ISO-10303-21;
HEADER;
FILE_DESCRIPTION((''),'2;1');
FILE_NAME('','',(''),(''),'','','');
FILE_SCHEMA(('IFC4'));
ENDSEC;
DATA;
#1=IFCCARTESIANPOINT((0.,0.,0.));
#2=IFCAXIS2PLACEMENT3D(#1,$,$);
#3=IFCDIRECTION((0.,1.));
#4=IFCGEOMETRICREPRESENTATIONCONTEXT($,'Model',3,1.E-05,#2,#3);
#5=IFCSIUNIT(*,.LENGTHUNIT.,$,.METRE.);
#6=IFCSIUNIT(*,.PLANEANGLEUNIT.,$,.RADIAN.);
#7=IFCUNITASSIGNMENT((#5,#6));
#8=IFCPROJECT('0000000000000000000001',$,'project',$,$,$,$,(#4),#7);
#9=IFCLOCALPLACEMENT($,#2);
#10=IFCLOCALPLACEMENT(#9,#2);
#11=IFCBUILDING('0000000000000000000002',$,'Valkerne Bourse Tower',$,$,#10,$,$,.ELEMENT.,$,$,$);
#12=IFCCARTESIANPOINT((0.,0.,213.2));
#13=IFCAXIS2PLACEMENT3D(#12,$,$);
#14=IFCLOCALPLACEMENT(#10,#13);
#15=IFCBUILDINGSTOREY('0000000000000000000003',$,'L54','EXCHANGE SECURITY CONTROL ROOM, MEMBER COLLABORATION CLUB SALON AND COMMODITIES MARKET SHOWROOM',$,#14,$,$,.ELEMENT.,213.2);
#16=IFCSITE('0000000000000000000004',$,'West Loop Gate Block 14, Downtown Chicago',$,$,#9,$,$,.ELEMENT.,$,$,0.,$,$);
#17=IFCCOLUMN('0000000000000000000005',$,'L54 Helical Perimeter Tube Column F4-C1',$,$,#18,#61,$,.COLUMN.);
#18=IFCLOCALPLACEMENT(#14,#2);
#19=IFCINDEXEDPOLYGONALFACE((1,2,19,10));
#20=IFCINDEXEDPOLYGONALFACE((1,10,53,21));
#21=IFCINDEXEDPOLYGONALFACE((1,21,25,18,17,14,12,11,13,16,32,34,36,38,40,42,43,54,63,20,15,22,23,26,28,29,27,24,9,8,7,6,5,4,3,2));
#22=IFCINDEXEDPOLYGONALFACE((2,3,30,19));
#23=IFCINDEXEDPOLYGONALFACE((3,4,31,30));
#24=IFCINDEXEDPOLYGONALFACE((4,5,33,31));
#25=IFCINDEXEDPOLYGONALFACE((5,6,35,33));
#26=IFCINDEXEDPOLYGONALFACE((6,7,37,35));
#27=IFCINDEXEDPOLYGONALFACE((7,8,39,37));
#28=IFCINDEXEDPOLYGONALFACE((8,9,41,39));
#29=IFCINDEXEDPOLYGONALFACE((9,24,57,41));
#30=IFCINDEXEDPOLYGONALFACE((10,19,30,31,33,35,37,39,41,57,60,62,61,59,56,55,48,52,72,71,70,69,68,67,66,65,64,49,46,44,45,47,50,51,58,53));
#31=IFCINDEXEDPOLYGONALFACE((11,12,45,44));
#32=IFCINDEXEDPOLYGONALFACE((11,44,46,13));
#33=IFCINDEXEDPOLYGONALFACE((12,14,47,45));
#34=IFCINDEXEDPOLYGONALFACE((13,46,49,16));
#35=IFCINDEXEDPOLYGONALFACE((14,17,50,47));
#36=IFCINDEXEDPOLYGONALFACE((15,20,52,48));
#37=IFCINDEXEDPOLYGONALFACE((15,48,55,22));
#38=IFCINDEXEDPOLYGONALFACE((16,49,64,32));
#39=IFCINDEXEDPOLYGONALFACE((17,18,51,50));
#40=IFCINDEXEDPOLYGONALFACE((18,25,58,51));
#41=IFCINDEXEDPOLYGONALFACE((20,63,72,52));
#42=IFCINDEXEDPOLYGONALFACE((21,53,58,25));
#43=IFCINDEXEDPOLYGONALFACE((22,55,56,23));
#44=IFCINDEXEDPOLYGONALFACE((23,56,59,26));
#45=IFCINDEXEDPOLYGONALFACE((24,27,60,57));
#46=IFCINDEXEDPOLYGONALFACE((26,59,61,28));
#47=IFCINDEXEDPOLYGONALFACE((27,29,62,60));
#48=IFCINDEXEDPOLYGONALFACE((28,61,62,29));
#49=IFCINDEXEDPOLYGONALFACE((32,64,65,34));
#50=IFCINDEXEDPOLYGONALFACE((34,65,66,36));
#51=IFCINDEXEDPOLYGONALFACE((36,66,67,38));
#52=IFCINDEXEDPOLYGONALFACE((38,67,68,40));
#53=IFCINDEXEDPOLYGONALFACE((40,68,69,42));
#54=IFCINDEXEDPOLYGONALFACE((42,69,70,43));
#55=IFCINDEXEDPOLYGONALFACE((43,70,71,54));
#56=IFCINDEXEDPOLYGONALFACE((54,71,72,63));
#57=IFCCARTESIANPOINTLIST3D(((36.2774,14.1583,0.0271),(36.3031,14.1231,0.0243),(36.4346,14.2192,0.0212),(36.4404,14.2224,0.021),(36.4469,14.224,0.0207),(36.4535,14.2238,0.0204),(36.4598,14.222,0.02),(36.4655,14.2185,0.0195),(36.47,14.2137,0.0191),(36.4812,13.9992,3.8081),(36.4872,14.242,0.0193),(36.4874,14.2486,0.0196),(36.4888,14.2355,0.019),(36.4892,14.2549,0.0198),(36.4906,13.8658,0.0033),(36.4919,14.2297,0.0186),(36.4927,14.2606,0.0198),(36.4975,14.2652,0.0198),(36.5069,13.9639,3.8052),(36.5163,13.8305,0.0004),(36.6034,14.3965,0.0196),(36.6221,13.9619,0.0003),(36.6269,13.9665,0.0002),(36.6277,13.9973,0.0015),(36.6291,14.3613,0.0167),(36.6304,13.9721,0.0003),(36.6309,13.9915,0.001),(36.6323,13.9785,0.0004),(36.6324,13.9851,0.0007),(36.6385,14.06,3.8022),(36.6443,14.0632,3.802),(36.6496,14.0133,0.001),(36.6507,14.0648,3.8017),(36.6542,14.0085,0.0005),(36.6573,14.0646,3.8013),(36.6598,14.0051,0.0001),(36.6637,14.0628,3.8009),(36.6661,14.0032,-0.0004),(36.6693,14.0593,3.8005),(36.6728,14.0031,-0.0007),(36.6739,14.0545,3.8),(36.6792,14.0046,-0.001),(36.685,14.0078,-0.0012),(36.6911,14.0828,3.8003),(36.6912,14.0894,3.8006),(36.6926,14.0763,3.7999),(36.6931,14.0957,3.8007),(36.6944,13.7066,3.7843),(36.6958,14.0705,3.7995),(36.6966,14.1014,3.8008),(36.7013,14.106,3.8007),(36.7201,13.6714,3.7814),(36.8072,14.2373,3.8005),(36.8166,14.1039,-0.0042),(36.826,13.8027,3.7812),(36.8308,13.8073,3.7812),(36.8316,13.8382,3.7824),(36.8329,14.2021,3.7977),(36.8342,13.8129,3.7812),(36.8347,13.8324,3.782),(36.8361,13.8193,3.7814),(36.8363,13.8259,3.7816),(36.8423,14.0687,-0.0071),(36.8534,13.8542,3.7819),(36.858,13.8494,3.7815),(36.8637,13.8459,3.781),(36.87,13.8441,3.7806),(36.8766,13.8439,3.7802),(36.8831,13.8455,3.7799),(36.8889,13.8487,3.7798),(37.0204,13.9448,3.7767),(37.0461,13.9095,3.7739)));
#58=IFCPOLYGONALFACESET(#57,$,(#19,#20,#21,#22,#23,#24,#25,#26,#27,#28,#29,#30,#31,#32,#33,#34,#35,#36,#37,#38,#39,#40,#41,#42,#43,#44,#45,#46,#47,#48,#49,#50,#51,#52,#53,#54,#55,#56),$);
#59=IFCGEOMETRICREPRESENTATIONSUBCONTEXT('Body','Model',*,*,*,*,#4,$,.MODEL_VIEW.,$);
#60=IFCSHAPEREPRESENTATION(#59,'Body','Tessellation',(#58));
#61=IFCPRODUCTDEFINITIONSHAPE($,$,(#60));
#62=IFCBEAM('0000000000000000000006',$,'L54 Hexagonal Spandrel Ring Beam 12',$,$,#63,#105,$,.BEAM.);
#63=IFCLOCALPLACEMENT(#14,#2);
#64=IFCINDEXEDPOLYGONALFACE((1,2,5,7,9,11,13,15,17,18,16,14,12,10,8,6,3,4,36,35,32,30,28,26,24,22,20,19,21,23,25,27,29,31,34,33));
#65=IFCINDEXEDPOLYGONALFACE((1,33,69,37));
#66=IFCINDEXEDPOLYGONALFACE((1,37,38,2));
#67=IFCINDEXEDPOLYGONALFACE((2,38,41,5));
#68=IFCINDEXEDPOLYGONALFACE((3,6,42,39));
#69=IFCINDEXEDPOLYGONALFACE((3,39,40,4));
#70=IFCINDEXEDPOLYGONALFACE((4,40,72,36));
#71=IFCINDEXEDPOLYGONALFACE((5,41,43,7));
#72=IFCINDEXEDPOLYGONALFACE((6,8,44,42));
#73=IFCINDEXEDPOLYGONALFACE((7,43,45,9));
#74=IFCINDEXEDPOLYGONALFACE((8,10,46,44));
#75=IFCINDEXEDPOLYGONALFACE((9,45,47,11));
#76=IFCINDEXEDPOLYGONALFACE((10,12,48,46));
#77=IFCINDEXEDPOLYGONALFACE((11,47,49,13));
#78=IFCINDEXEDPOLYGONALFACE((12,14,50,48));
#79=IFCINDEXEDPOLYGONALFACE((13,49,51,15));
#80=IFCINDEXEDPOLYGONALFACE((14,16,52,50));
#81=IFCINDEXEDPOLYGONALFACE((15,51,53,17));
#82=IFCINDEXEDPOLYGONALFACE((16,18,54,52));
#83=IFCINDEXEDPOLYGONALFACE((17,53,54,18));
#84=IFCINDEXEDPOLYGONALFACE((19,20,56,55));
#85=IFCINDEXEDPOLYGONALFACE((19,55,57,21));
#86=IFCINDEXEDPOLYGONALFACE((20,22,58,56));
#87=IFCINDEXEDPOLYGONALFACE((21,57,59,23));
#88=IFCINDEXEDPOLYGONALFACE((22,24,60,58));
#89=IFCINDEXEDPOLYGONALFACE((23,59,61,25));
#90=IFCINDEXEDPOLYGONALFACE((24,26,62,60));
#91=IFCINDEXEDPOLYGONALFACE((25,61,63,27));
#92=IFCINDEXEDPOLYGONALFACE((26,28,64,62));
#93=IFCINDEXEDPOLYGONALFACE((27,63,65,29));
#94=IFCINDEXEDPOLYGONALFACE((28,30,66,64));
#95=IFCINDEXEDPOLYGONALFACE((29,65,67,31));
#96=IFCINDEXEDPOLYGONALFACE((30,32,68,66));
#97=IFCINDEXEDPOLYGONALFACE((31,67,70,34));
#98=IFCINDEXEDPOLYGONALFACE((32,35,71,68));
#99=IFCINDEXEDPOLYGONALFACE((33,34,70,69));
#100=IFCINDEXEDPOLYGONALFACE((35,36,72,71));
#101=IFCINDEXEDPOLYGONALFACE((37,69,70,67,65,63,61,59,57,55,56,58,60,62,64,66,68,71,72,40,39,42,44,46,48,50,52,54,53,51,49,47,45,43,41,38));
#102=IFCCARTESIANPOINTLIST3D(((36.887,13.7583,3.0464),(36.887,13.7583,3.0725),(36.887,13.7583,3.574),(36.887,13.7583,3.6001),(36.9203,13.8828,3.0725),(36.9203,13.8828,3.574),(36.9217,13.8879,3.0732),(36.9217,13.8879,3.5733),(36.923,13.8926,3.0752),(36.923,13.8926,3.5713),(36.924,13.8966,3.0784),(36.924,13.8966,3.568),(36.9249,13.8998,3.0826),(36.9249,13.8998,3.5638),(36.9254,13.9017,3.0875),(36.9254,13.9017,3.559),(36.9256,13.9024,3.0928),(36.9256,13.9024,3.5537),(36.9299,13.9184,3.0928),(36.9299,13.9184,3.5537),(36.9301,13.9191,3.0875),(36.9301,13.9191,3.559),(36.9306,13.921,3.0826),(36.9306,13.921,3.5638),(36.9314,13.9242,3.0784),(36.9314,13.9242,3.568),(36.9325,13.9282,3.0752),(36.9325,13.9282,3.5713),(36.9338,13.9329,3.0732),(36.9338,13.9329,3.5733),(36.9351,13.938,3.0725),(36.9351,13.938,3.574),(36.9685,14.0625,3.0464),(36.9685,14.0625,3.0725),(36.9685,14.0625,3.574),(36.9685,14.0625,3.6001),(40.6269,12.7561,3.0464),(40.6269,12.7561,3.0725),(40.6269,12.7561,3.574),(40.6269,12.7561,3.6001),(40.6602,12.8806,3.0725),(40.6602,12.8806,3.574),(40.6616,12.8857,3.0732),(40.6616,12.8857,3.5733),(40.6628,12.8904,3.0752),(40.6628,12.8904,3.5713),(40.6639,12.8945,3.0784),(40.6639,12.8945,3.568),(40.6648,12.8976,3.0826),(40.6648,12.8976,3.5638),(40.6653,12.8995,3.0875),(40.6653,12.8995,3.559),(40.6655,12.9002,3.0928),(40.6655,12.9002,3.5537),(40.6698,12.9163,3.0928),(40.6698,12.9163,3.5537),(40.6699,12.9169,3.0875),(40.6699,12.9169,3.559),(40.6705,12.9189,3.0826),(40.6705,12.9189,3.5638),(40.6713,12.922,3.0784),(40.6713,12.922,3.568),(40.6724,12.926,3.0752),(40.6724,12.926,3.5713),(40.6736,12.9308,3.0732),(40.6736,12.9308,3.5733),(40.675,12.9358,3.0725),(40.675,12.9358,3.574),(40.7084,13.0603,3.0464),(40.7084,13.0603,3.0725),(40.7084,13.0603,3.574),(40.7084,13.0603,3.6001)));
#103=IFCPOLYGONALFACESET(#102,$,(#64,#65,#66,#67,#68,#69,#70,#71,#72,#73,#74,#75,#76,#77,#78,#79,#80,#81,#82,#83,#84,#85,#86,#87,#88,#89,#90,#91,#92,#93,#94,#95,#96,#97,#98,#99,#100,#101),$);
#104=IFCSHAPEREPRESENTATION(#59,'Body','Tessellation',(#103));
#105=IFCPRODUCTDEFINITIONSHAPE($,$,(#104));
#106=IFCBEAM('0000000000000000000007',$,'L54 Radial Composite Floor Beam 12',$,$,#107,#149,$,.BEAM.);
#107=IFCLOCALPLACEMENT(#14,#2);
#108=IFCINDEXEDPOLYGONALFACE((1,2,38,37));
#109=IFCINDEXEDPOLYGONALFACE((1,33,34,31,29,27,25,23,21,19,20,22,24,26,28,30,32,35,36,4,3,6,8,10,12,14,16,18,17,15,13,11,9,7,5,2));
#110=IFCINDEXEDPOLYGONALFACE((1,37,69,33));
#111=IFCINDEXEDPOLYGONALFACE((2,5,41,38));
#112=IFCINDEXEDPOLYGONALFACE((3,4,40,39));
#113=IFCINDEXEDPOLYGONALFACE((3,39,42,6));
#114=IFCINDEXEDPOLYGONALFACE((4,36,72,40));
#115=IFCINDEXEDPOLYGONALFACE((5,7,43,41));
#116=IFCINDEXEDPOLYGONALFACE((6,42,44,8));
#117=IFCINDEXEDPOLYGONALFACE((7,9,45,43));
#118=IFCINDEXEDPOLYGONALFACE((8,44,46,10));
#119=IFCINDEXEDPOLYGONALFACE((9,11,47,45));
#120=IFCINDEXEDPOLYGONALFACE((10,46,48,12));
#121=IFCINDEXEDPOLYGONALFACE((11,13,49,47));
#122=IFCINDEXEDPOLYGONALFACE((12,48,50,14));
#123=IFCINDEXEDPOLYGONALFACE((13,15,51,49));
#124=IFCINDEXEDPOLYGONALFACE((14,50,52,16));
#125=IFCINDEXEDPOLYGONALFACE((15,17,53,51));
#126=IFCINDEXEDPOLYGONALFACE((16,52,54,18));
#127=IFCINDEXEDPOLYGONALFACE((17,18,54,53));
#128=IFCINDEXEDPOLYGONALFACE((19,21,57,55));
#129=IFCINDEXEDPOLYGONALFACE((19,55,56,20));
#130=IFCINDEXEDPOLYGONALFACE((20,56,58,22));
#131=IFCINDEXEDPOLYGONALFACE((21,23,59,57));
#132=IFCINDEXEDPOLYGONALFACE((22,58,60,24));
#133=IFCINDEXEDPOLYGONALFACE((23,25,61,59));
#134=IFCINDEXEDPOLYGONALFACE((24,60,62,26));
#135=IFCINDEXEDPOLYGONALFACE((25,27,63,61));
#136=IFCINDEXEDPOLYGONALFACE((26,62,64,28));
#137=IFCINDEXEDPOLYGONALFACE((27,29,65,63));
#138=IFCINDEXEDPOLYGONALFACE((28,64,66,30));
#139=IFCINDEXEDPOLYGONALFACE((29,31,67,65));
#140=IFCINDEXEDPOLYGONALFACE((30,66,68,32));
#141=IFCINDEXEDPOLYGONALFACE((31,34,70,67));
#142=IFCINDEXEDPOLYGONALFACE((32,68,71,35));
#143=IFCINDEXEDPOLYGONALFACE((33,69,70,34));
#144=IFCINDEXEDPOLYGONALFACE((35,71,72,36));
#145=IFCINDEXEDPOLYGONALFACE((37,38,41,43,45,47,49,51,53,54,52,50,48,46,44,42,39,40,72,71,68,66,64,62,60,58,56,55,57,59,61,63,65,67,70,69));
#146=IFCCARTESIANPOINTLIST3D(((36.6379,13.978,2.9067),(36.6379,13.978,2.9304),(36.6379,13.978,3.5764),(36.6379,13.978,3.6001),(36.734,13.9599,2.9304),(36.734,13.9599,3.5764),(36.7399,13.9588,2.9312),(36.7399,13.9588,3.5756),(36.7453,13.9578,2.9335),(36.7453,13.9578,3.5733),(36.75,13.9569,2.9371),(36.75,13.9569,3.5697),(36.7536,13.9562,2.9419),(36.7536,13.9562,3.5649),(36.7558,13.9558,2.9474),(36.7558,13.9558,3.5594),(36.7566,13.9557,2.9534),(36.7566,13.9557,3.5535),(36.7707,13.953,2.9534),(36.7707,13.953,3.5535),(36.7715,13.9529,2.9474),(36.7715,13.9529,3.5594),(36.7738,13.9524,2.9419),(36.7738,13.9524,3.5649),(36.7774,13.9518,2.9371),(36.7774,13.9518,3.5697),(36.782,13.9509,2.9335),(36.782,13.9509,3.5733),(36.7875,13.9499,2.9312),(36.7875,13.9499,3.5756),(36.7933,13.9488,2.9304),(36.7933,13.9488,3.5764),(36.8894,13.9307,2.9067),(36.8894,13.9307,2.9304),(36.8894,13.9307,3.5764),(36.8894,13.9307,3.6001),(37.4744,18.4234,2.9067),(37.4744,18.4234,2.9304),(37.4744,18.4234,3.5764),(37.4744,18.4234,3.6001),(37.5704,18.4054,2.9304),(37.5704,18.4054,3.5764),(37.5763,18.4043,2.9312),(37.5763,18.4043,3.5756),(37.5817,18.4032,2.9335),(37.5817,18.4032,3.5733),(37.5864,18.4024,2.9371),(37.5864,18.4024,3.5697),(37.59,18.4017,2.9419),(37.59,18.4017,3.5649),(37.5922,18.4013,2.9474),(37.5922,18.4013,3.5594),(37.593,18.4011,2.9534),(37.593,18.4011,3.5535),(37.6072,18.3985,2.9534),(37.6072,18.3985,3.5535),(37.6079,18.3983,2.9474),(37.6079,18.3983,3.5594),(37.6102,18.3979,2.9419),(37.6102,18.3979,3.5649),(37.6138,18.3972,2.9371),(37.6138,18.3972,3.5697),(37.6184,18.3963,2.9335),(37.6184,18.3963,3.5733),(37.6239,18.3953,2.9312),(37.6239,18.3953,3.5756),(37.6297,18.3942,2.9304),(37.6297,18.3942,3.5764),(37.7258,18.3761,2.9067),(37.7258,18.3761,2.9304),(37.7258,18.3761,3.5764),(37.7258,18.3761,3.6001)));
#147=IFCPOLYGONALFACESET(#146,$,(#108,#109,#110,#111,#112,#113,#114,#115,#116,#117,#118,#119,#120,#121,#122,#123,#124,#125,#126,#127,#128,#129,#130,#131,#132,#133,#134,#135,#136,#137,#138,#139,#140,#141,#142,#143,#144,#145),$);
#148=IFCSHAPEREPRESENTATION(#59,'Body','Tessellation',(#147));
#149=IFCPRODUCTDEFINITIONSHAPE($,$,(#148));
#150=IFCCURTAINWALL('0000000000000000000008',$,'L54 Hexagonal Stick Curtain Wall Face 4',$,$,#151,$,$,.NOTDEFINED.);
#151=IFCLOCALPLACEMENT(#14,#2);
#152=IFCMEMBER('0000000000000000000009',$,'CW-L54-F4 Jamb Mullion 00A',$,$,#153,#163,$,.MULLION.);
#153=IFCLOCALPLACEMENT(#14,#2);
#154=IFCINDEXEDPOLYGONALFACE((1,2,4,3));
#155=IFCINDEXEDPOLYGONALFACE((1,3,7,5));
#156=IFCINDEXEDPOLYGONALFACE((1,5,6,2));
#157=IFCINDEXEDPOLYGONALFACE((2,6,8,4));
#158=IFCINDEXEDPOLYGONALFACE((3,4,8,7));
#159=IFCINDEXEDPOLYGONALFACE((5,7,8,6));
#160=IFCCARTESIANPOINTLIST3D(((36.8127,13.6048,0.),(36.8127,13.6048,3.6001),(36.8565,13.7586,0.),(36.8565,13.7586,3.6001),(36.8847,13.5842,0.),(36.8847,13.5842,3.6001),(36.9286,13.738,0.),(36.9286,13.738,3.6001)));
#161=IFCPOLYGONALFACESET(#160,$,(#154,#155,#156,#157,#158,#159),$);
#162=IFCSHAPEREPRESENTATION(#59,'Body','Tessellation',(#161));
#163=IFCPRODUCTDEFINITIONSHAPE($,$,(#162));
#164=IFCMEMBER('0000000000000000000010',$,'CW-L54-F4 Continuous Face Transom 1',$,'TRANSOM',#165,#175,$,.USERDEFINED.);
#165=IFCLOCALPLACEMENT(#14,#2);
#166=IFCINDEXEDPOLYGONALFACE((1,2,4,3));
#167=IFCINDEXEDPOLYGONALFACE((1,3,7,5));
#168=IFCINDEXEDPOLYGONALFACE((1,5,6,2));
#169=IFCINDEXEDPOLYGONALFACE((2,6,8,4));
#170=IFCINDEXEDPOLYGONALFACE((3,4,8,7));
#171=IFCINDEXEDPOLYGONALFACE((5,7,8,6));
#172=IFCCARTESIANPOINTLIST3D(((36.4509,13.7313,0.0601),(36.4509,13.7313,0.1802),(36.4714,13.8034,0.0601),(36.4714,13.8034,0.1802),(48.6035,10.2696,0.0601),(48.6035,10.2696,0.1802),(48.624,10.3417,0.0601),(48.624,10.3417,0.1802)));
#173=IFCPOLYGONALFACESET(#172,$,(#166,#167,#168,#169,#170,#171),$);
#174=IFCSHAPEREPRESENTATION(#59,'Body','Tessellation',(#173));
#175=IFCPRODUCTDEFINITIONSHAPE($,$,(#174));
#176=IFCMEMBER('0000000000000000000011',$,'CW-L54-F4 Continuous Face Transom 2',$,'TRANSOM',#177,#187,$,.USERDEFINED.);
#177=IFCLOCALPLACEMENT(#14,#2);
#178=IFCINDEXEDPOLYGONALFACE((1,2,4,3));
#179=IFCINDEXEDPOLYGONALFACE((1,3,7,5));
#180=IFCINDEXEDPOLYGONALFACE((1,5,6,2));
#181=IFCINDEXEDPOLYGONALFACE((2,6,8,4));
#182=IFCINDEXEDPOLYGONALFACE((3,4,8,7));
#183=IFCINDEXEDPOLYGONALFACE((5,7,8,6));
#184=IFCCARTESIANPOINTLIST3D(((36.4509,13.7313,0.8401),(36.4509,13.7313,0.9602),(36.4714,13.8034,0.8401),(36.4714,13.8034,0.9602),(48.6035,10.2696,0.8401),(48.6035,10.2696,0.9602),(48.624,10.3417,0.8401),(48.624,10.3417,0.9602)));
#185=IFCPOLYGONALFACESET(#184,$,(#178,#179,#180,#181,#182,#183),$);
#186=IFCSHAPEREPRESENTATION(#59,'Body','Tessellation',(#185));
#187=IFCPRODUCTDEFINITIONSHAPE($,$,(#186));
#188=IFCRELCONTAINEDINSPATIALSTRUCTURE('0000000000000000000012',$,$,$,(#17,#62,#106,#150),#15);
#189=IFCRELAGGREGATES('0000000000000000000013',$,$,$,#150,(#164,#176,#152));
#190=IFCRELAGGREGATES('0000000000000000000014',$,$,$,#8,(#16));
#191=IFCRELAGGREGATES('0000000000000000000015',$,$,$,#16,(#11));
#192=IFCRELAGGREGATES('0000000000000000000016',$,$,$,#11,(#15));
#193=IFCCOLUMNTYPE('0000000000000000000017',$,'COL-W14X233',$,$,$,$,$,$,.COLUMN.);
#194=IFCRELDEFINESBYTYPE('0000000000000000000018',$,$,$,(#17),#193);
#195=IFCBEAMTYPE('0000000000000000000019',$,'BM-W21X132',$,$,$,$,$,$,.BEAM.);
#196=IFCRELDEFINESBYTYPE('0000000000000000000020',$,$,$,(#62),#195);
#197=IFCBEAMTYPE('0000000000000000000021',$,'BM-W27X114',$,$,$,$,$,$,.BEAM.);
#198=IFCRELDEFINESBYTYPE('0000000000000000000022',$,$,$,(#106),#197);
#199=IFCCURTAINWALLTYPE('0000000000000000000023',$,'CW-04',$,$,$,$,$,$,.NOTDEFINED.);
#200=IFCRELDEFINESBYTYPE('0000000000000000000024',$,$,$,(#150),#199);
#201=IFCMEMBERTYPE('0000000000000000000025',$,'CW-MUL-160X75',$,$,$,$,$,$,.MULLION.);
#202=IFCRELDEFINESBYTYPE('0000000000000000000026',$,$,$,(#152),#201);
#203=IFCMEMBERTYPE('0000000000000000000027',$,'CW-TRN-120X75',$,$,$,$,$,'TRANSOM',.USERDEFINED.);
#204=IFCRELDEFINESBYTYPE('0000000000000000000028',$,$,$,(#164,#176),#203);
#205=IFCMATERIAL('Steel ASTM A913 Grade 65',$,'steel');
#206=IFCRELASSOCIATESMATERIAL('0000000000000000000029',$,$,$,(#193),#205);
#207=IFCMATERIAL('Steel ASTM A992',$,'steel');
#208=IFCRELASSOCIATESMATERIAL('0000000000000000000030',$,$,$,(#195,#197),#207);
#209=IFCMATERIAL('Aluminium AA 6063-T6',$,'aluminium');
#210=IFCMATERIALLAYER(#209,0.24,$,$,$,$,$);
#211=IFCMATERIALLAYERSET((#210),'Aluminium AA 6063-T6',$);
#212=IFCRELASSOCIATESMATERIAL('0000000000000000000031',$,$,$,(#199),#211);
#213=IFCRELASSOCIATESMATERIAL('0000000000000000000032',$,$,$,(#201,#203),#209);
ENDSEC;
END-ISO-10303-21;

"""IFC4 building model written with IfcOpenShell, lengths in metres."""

from ifc_helpers import new_model, si_unit, direction, frame, origin, origin_2d, place, context, subcontext, project, spatial, rectangle, i_section, extrude, material, layer, layer_set, material_profile, profile_set, type_object, element, aggregate, save


model = new_model("IFC4")

# Units and contexts
model_context = context("Model", 3, precision=1e-05, world=origin(), true_north=direction((0.0, 1.0)))
body_context = subcontext(model_context, "Body", "Model", "MODEL_VIEW")
ifc_project = project(units=[si_unit("LENGTHUNIT", "METRE"), si_unit("PLANEANGLEUNIT", "RADIAN")], contexts=[model_context])

# Site, building, storey
site_placement = place(None, origin())
site = spatial("IfcSite", under=ifc_project, at=site_placement, Name="West Loop Gate Block 14, Downtown Chicago", CompositionType="ELEMENT", RefElevation=0.0)
building_placement = place(site_placement, origin())
building = spatial("IfcBuilding", under=site, at=building_placement, Name="Valkerne Bourse Tower", CompositionType="ELEMENT")
storey_placement = place(building_placement, frame((0.0, 0.0, 213.2)))
storey = spatial("IfcBuildingStorey", under=building, at=storey_placement, Name="L54", Description="EXCHANGE SECURITY CONTROL ROOM, MEMBER COLLABORATION CLUB SALON AND COMMODITIES MARKET SHOWROOM", CompositionType="ELEMENT", Elevation=213.2)

# Column
ifc_material_1 = material(Name="Steel ASTM A913 Grade 65", Category="steel")
ifc_material_profile_1 = material_profile(ifc_material_1, i_section(OverallWidth=0.4038, OverallDepth=0.4065, WebThickness=0.0271, FlangeThickness=0.0437, FilletRadius=0.0254, at=origin_2d()), Name="W14X233")
ifc_profile_set_1 = profile_set([ifc_material_profile_1], Name="Steel ASTM A913 Grade 65")
column_type = type_object("IfcColumnType", Name="COL-W14X233", PredefinedType="COLUMN", material=ifc_profile_set_1)
column_placement = place(storey_placement, frame((36.5598, 14.1135, 0.01), z_axis=(0.05379, -0.042002, 0.997669), x_axis=(0.807323, 0.589814, -0.018697)))
element("IfcColumn", 1, at=column_placement, inside=storey, type_object=column_type, Name="L54 Helical Perimeter Tube Column F4-C1", PredefinedType="COLUMN", context=body_context, shape_type="SweptSolid", body=[
    extrude(i_section(OverallWidth=0.4038, OverallDepth=0.4065, WebThickness=0.0271, FlangeThickness=0.0437, FilletRadius=0.0254, at=origin_2d()), origin(), (0.0, 0.0, 1.0), 3.7898),
])

# Beams
ifc_material_2 = material(Name="Steel ASTM A992", Category="steel")
ifc_material_profile_2 = material_profile(ifc_material_2, i_section(OverallWidth=0.3149, OverallDepth=0.5537, WebThickness=0.0166, FlangeThickness=0.0261, FilletRadius=0.0203, at=origin_2d()), Name="W21X132")
ifc_profile_set_2 = profile_set([ifc_material_profile_2], Name="Steel ASTM A992")
beam_type_1 = type_object("IfcBeamType", Name="BM-W21X132", PredefinedType="BEAM", material=ifc_profile_set_2)
beam_1_placement = place(storey_placement, frame((36.9277, 13.9104, 3.3232), z_axis=(0.965921, -0.258836, 0.0), x_axis=(0.258836, 0.965921, 0.0)))
element("IfcBeam", 2, at=beam_1_placement, inside=storey, type_object=beam_type_1, Name="L54 Hexagonal Spandrel Ring Beam 12", PredefinedType="BEAM", context=body_context, shape_type="SweptSolid", body=[
    extrude(i_section(OverallWidth=0.3149, OverallDepth=0.5537, WebThickness=0.0166, FlangeThickness=0.0261, FilletRadius=0.0203, at=origin_2d()), origin(), (0.0, 0.0, 1.0), 3.8718),
])
ifc_material_profile_3 = material_profile(ifc_material_2, i_section(OverallWidth=0.2559, OverallDepth=0.6934, WebThickness=0.0144, FlangeThickness=0.0237, FilletRadius=0.0229, at=origin_2d()), Name="W27X114")
ifc_profile_set_3 = profile_set([ifc_material_profile_3], Name="Steel ASTM A992")
beam_type_2 = type_object("IfcBeamType", Name="BM-W27X114", PredefinedType="BEAM", material=ifc_profile_set_3)
beam_2_placement = place(storey_placement, frame((36.7637, 13.9543, 3.2534), z_axis=(0.184904, 0.982757, 0.0), x_axis=(-0.982757, 0.184904, 0.0)))
element("IfcBeam", 3, at=beam_2_placement, inside=storey, type_object=beam_type_2, Name="L54 Radial Composite Floor Beam 12", PredefinedType="BEAM", context=body_context, shape_type="SweptSolid", body=[
    extrude(i_section(OverallWidth=0.2559, OverallDepth=0.6934, WebThickness=0.0144, FlangeThickness=0.0237, FilletRadius=0.0229, at=origin_2d()), origin(), (0.0, 0.0, 1.0), 4.5234),
])

# Curtain wall, members
ifc_material_3 = material(Name="Aluminium AA 6063-T6", Category="aluminium")
ifc_layer_1 = layer(ifc_material_3, 0.24)
ifc_layer_set_1 = layer_set([ifc_layer_1], Name="Aluminium AA 6063-T6")
curtain_wall_type = type_object("IfcCurtainWallType", Name="CW-04", PredefinedType="NOTDEFINED", material=ifc_layer_set_1)
curtain_wall_placement = place(storey_placement, origin())
curtain_wall = element("IfcCurtainWall", 4, at=curtain_wall_placement, inside=storey, type_object=curtain_wall_type, Name="L54 Hexagonal Stick Curtain Wall Face 4", PredefinedType="NOTDEFINED")
ifc_material_profile_4 = material_profile(ifc_material_3, rectangle(XDim=0.075, YDim=0.1599, at=origin_2d()), Name="CWM-75X160")
ifc_profile_set_4 = profile_set([ifc_material_profile_4], Name="Aluminium AA 6063-T6")
member_type_1 = type_object("IfcMemberType", Name="CW-MUL-160X75", PredefinedType="MULLION", material=ifc_profile_set_4)
member_1_placement = place(storey_placement, frame((36.8706, 13.6714, 0.0), z_axis=(0.0, 0.0, 1.0), x_axis=(0.961741, -0.273959, 0.0)))
member_1 = element("IfcMember", 5, at=member_1_placement, type_object=member_type_1, Name="CW-L54-F4 Jamb Mullion 00A", PredefinedType="MULLION", context=body_context, shape_type="SweptSolid", body=[
    extrude(rectangle(XDim=0.075, YDim=0.1599, at=origin_2d()), origin(), (0.0, 0.0, 1.0), 3.6001),
])
ifc_material_profile_5 = material_profile(ifc_material_3, rectangle(XDim=0.075, YDim=0.1201, at=origin_2d()), Name="CWT-75X120")
ifc_profile_set_5 = profile_set([ifc_material_profile_5], Name="Aluminium AA 6063-T6")
member_type_2 = type_object("IfcMemberType", Name="CW-TRN-120X75", ElementType="TRANSOM", PredefinedType="USERDEFINED", material=ifc_profile_set_5)
member_2_placement = place(storey_placement, frame((36.4612, 13.7673, 0.1201), z_axis=(0.961743, -0.273953, 0.0), x_axis=(0.273953, 0.961743, 0.0)))
member_2 = element("IfcMember", 6, at=member_2_placement, type_object=member_type_2, Name="CW-L54-F4 Continuous Face Transom 1", ObjectType="TRANSOM", PredefinedType="USERDEFINED", context=body_context, shape_type="SweptSolid", body=[
    extrude(rectangle(XDim=0.075, YDim=0.1201, at=origin_2d()), origin(), (0.0, 0.0, 1.0), 12.636),
])
member_3_placement = place(storey_placement, frame((36.4612, 13.7673, 0.9001), z_axis=(0.961743, -0.273953, 0.0), x_axis=(0.273953, 0.961743, 0.0)))
member_3 = element("IfcMember", 7, at=member_3_placement, type_object=member_type_2, Name="CW-L54-F4 Continuous Face Transom 2", ObjectType="TRANSOM", PredefinedType="USERDEFINED", context=body_context, shape_type="SweptSolid", body=[
    extrude(rectangle(XDim=0.075, YDim=0.1201, at=origin_2d()), origin(), (0.0, 0.0, 1.0), 12.636),
])

aggregate(curtain_wall, [member_2, member_3, member_1])

save(model, "model.ifc")
